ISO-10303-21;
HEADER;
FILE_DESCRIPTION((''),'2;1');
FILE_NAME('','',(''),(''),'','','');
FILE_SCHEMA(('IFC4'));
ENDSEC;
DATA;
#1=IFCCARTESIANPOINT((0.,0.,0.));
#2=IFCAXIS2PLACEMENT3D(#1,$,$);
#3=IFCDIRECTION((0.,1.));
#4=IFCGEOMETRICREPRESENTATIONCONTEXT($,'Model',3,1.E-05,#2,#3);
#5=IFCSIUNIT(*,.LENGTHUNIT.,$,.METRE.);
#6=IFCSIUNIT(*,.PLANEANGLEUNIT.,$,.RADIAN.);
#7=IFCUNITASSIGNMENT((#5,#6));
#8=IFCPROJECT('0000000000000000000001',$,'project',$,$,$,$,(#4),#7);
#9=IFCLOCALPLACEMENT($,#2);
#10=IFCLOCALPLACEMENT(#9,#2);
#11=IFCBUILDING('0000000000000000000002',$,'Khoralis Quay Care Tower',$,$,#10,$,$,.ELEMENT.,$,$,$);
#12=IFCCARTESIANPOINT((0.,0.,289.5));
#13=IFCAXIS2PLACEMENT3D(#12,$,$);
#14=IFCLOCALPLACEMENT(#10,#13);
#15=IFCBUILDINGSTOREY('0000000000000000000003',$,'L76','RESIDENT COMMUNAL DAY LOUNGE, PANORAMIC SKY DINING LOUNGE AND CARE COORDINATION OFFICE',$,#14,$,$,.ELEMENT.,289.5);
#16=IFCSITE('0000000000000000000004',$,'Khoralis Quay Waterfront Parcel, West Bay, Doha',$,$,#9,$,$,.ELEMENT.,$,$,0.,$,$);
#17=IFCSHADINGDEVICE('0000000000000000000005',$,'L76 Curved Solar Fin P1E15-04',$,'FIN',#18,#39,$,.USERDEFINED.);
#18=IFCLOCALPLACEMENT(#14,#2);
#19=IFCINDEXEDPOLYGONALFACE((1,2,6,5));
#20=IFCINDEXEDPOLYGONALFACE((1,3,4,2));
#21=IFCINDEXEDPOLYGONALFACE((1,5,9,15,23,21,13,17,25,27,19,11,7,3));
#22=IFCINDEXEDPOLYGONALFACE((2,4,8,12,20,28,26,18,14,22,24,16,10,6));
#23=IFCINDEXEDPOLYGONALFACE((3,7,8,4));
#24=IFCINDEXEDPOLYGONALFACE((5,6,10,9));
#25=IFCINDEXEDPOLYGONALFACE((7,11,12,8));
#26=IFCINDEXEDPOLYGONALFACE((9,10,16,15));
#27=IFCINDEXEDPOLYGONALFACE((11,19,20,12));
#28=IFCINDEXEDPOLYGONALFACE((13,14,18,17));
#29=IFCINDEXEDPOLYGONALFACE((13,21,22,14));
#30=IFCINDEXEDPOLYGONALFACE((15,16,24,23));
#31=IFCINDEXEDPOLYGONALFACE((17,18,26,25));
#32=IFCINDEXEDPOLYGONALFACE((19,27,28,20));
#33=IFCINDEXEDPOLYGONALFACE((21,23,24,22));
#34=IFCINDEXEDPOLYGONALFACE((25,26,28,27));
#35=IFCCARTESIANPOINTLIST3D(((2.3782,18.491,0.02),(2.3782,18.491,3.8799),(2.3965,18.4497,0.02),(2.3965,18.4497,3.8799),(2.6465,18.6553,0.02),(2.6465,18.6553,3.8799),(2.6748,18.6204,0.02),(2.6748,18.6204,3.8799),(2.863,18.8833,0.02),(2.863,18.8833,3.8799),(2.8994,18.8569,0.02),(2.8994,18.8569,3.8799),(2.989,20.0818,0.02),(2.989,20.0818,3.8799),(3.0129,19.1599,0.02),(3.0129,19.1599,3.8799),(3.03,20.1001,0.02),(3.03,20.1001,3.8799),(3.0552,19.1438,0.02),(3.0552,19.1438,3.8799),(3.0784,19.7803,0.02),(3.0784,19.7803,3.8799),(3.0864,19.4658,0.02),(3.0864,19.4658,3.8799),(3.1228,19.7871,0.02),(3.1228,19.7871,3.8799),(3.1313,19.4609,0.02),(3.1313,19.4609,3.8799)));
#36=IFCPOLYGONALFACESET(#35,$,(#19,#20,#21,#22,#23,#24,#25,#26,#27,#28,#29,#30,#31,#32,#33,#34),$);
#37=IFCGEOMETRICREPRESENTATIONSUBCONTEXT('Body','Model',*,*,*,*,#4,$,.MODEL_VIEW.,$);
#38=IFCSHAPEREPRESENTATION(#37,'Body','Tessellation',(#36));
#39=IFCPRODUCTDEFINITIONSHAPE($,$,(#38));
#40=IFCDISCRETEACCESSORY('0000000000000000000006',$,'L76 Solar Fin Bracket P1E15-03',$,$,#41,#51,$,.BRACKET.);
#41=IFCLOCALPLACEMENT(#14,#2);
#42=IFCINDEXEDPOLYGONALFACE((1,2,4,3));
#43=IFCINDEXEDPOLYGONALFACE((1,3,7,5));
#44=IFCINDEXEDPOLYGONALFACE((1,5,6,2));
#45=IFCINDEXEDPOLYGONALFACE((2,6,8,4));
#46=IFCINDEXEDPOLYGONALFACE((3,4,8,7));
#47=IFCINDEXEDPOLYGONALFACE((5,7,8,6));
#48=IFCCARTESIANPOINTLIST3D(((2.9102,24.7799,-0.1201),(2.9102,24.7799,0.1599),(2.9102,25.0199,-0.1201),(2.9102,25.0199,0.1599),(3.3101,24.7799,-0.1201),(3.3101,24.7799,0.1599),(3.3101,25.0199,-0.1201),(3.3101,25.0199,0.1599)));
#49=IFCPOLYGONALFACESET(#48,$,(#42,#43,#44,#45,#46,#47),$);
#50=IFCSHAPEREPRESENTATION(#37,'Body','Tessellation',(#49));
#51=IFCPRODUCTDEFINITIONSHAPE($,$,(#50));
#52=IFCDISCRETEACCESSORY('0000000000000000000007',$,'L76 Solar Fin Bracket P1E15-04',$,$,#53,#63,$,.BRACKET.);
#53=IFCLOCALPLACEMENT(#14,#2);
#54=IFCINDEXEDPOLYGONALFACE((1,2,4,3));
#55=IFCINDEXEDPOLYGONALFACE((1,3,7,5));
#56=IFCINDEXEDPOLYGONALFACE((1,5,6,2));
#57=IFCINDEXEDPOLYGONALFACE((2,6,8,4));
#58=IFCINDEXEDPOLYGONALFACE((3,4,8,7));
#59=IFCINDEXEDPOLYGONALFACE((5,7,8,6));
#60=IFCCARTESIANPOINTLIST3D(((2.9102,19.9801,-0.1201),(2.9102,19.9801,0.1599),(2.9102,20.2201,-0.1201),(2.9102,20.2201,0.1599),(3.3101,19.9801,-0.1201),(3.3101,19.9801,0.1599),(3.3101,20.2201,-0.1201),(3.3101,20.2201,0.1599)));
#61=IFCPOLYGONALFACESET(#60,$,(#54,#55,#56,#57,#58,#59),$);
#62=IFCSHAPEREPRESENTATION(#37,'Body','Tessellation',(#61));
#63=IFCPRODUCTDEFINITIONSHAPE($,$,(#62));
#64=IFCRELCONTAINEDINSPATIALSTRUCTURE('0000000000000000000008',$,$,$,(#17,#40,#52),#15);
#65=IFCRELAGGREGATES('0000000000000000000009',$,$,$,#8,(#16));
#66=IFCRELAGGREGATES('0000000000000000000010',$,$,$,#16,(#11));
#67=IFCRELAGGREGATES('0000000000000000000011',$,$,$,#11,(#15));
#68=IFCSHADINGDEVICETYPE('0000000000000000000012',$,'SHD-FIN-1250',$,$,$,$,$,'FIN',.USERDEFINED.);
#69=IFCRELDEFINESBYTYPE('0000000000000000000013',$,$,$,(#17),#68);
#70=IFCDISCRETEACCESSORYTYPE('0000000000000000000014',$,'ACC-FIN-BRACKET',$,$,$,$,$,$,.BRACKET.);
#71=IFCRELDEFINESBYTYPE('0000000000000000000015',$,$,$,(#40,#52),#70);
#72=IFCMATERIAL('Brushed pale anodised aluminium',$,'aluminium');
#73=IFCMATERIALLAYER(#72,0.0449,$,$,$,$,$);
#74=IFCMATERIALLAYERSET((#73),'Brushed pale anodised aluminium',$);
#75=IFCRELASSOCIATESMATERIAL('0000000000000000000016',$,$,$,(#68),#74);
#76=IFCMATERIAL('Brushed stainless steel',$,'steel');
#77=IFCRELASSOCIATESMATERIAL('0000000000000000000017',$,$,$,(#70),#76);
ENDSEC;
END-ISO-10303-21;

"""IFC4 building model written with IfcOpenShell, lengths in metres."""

from ifc_helpers import new_model, si_unit, direction, frame, origin, origin_2d, place, context, subcontext, project, spatial, polyline, rectangle, outline, extrude, source, transform, mapped, material, layer, layer_set, type_object, element, save


model = new_model("IFC4")

# Units and contexts
model_context = context("Model", 3, precision=1e-05, world=origin(), true_north=direction((0.0, 1.0)))
body_context = subcontext(model_context, "Body", "Model", "MODEL_VIEW")
ifc_project = project(units=[si_unit("LENGTHUNIT", "METRE"), si_unit("PLANEANGLEUNIT", "RADIAN")], contexts=[model_context])

# Site, building, storey
site_placement = place(None, origin())
site = spatial("IfcSite", under=ifc_project, at=site_placement, Name="Khoralis Quay Waterfront Parcel, West Bay, Doha", CompositionType="ELEMENT", RefElevation=0.0)
building_placement = place(site_placement, origin())
building = spatial("IfcBuilding", under=site, at=building_placement, Name="Khoralis Quay Care Tower", CompositionType="ELEMENT")
storey_placement = place(building_placement, frame((0.0, 0.0, 289.5)))
storey = spatial("IfcBuildingStorey", under=building, at=storey_placement, Name="L76", Description="RESIDENT COMMUNAL DAY LOUNGE, PANORAMIC SKY DINING LOUNGE AND CARE COORDINATION OFFICE", CompositionType="ELEMENT", Elevation=289.5)

# Shading device
ifc_material_1 = material(Name="Brushed pale anodised aluminium", Category="aluminium")
ifc_layer_1 = layer(ifc_material_1, 0.0449)
ifc_layer_set_1 = layer_set([ifc_layer_1], Name="Brushed pale anodised aluminium")
shading_device_type = type_object("IfcShadingDeviceType", Name="SHD-FIN-1250", ElementType="FIN", PredefinedType="USERDEFINED", material=ifc_layer_set_1)
shared_shape_1 = source(origin(), body_context, "Body", "SweptSolid", [
    extrude(outline(polyline([(0.0, 0.0), (-0.0928, 0.313), (-0.1013, 0.6392), (-0.0251, 0.9563), (0.1306, 1.2432), (0.3552, 1.4797), (0.6335, 1.6504), (0.6519, 1.6091), (0.3835, 1.4448), (0.167, 1.2168), (0.0171, 0.9402), (-0.0564, 0.6343), (-0.0483, 0.3198), (0.041, 0.0183), (0.0, 0.0)])), origin(), (0.0, 0.0, 1.0), 3.8599),
])
for number, where, z_axis, x_axis, name in (
    (1, (3.03, 20.1001, 0.02), (0.0, 0.0, 1.0), (-1.0, 0.0, 0.0), "L76 Curved Solar Fin P1E15-04"),
):
    element("IfcShadingDevice", number, at=place(storey_placement, frame(where, z_axis=z_axis, x_axis=x_axis)), inside=storey, type_object=shading_device_type, Name=name, ObjectType="FIN", PredefinedType="USERDEFINED", context=body_context, shape_type="MappedRepresentation", body=[
        mapped(shared_shape_1, transform((0.0, 0.0, 0.0), scale=1.0)),
    ])

# Discrete accessories
ifc_material_2 = material(Name="Brushed stainless steel", Category="steel")
discrete_accessory_type = type_object("IfcDiscreteAccessoryType", Name="ACC-FIN-BRACKET", PredefinedType="BRACKET", material=ifc_material_2)
shared_shape_2 = source(origin(), body_context, "Body", "SweptSolid", [
    extrude(rectangle(XDim=0.3999, YDim=0.24, at=origin_2d()), origin(), (0.0, 0.0, 1.0), 0.28),
])
for number, where, z_axis, x_axis, name in (
    (2, (3.1101, 24.8999, -0.1201), (0.0, 0.0, 1.0), (-1.0, 0.0, 0.0), "L76 Solar Fin Bracket P1E15-03"),
    (3, (3.1101, 20.1001, -0.1201), (0.0, 0.0, 1.0), (-1.0, 0.0, 0.0), "L76 Solar Fin Bracket P1E15-04"),
):
    element("IfcDiscreteAccessory", number, at=place(storey_placement, frame(where, z_axis=z_axis, x_axis=x_axis)), inside=storey, type_object=discrete_accessory_type, Name=name, PredefinedType="BRACKET", context=body_context, shape_type="MappedRepresentation", body=[
        mapped(shared_shape_2, transform((0.0, 0.0, 0.0), scale=1.0)),
    ])

save(model, "model.ifc")
